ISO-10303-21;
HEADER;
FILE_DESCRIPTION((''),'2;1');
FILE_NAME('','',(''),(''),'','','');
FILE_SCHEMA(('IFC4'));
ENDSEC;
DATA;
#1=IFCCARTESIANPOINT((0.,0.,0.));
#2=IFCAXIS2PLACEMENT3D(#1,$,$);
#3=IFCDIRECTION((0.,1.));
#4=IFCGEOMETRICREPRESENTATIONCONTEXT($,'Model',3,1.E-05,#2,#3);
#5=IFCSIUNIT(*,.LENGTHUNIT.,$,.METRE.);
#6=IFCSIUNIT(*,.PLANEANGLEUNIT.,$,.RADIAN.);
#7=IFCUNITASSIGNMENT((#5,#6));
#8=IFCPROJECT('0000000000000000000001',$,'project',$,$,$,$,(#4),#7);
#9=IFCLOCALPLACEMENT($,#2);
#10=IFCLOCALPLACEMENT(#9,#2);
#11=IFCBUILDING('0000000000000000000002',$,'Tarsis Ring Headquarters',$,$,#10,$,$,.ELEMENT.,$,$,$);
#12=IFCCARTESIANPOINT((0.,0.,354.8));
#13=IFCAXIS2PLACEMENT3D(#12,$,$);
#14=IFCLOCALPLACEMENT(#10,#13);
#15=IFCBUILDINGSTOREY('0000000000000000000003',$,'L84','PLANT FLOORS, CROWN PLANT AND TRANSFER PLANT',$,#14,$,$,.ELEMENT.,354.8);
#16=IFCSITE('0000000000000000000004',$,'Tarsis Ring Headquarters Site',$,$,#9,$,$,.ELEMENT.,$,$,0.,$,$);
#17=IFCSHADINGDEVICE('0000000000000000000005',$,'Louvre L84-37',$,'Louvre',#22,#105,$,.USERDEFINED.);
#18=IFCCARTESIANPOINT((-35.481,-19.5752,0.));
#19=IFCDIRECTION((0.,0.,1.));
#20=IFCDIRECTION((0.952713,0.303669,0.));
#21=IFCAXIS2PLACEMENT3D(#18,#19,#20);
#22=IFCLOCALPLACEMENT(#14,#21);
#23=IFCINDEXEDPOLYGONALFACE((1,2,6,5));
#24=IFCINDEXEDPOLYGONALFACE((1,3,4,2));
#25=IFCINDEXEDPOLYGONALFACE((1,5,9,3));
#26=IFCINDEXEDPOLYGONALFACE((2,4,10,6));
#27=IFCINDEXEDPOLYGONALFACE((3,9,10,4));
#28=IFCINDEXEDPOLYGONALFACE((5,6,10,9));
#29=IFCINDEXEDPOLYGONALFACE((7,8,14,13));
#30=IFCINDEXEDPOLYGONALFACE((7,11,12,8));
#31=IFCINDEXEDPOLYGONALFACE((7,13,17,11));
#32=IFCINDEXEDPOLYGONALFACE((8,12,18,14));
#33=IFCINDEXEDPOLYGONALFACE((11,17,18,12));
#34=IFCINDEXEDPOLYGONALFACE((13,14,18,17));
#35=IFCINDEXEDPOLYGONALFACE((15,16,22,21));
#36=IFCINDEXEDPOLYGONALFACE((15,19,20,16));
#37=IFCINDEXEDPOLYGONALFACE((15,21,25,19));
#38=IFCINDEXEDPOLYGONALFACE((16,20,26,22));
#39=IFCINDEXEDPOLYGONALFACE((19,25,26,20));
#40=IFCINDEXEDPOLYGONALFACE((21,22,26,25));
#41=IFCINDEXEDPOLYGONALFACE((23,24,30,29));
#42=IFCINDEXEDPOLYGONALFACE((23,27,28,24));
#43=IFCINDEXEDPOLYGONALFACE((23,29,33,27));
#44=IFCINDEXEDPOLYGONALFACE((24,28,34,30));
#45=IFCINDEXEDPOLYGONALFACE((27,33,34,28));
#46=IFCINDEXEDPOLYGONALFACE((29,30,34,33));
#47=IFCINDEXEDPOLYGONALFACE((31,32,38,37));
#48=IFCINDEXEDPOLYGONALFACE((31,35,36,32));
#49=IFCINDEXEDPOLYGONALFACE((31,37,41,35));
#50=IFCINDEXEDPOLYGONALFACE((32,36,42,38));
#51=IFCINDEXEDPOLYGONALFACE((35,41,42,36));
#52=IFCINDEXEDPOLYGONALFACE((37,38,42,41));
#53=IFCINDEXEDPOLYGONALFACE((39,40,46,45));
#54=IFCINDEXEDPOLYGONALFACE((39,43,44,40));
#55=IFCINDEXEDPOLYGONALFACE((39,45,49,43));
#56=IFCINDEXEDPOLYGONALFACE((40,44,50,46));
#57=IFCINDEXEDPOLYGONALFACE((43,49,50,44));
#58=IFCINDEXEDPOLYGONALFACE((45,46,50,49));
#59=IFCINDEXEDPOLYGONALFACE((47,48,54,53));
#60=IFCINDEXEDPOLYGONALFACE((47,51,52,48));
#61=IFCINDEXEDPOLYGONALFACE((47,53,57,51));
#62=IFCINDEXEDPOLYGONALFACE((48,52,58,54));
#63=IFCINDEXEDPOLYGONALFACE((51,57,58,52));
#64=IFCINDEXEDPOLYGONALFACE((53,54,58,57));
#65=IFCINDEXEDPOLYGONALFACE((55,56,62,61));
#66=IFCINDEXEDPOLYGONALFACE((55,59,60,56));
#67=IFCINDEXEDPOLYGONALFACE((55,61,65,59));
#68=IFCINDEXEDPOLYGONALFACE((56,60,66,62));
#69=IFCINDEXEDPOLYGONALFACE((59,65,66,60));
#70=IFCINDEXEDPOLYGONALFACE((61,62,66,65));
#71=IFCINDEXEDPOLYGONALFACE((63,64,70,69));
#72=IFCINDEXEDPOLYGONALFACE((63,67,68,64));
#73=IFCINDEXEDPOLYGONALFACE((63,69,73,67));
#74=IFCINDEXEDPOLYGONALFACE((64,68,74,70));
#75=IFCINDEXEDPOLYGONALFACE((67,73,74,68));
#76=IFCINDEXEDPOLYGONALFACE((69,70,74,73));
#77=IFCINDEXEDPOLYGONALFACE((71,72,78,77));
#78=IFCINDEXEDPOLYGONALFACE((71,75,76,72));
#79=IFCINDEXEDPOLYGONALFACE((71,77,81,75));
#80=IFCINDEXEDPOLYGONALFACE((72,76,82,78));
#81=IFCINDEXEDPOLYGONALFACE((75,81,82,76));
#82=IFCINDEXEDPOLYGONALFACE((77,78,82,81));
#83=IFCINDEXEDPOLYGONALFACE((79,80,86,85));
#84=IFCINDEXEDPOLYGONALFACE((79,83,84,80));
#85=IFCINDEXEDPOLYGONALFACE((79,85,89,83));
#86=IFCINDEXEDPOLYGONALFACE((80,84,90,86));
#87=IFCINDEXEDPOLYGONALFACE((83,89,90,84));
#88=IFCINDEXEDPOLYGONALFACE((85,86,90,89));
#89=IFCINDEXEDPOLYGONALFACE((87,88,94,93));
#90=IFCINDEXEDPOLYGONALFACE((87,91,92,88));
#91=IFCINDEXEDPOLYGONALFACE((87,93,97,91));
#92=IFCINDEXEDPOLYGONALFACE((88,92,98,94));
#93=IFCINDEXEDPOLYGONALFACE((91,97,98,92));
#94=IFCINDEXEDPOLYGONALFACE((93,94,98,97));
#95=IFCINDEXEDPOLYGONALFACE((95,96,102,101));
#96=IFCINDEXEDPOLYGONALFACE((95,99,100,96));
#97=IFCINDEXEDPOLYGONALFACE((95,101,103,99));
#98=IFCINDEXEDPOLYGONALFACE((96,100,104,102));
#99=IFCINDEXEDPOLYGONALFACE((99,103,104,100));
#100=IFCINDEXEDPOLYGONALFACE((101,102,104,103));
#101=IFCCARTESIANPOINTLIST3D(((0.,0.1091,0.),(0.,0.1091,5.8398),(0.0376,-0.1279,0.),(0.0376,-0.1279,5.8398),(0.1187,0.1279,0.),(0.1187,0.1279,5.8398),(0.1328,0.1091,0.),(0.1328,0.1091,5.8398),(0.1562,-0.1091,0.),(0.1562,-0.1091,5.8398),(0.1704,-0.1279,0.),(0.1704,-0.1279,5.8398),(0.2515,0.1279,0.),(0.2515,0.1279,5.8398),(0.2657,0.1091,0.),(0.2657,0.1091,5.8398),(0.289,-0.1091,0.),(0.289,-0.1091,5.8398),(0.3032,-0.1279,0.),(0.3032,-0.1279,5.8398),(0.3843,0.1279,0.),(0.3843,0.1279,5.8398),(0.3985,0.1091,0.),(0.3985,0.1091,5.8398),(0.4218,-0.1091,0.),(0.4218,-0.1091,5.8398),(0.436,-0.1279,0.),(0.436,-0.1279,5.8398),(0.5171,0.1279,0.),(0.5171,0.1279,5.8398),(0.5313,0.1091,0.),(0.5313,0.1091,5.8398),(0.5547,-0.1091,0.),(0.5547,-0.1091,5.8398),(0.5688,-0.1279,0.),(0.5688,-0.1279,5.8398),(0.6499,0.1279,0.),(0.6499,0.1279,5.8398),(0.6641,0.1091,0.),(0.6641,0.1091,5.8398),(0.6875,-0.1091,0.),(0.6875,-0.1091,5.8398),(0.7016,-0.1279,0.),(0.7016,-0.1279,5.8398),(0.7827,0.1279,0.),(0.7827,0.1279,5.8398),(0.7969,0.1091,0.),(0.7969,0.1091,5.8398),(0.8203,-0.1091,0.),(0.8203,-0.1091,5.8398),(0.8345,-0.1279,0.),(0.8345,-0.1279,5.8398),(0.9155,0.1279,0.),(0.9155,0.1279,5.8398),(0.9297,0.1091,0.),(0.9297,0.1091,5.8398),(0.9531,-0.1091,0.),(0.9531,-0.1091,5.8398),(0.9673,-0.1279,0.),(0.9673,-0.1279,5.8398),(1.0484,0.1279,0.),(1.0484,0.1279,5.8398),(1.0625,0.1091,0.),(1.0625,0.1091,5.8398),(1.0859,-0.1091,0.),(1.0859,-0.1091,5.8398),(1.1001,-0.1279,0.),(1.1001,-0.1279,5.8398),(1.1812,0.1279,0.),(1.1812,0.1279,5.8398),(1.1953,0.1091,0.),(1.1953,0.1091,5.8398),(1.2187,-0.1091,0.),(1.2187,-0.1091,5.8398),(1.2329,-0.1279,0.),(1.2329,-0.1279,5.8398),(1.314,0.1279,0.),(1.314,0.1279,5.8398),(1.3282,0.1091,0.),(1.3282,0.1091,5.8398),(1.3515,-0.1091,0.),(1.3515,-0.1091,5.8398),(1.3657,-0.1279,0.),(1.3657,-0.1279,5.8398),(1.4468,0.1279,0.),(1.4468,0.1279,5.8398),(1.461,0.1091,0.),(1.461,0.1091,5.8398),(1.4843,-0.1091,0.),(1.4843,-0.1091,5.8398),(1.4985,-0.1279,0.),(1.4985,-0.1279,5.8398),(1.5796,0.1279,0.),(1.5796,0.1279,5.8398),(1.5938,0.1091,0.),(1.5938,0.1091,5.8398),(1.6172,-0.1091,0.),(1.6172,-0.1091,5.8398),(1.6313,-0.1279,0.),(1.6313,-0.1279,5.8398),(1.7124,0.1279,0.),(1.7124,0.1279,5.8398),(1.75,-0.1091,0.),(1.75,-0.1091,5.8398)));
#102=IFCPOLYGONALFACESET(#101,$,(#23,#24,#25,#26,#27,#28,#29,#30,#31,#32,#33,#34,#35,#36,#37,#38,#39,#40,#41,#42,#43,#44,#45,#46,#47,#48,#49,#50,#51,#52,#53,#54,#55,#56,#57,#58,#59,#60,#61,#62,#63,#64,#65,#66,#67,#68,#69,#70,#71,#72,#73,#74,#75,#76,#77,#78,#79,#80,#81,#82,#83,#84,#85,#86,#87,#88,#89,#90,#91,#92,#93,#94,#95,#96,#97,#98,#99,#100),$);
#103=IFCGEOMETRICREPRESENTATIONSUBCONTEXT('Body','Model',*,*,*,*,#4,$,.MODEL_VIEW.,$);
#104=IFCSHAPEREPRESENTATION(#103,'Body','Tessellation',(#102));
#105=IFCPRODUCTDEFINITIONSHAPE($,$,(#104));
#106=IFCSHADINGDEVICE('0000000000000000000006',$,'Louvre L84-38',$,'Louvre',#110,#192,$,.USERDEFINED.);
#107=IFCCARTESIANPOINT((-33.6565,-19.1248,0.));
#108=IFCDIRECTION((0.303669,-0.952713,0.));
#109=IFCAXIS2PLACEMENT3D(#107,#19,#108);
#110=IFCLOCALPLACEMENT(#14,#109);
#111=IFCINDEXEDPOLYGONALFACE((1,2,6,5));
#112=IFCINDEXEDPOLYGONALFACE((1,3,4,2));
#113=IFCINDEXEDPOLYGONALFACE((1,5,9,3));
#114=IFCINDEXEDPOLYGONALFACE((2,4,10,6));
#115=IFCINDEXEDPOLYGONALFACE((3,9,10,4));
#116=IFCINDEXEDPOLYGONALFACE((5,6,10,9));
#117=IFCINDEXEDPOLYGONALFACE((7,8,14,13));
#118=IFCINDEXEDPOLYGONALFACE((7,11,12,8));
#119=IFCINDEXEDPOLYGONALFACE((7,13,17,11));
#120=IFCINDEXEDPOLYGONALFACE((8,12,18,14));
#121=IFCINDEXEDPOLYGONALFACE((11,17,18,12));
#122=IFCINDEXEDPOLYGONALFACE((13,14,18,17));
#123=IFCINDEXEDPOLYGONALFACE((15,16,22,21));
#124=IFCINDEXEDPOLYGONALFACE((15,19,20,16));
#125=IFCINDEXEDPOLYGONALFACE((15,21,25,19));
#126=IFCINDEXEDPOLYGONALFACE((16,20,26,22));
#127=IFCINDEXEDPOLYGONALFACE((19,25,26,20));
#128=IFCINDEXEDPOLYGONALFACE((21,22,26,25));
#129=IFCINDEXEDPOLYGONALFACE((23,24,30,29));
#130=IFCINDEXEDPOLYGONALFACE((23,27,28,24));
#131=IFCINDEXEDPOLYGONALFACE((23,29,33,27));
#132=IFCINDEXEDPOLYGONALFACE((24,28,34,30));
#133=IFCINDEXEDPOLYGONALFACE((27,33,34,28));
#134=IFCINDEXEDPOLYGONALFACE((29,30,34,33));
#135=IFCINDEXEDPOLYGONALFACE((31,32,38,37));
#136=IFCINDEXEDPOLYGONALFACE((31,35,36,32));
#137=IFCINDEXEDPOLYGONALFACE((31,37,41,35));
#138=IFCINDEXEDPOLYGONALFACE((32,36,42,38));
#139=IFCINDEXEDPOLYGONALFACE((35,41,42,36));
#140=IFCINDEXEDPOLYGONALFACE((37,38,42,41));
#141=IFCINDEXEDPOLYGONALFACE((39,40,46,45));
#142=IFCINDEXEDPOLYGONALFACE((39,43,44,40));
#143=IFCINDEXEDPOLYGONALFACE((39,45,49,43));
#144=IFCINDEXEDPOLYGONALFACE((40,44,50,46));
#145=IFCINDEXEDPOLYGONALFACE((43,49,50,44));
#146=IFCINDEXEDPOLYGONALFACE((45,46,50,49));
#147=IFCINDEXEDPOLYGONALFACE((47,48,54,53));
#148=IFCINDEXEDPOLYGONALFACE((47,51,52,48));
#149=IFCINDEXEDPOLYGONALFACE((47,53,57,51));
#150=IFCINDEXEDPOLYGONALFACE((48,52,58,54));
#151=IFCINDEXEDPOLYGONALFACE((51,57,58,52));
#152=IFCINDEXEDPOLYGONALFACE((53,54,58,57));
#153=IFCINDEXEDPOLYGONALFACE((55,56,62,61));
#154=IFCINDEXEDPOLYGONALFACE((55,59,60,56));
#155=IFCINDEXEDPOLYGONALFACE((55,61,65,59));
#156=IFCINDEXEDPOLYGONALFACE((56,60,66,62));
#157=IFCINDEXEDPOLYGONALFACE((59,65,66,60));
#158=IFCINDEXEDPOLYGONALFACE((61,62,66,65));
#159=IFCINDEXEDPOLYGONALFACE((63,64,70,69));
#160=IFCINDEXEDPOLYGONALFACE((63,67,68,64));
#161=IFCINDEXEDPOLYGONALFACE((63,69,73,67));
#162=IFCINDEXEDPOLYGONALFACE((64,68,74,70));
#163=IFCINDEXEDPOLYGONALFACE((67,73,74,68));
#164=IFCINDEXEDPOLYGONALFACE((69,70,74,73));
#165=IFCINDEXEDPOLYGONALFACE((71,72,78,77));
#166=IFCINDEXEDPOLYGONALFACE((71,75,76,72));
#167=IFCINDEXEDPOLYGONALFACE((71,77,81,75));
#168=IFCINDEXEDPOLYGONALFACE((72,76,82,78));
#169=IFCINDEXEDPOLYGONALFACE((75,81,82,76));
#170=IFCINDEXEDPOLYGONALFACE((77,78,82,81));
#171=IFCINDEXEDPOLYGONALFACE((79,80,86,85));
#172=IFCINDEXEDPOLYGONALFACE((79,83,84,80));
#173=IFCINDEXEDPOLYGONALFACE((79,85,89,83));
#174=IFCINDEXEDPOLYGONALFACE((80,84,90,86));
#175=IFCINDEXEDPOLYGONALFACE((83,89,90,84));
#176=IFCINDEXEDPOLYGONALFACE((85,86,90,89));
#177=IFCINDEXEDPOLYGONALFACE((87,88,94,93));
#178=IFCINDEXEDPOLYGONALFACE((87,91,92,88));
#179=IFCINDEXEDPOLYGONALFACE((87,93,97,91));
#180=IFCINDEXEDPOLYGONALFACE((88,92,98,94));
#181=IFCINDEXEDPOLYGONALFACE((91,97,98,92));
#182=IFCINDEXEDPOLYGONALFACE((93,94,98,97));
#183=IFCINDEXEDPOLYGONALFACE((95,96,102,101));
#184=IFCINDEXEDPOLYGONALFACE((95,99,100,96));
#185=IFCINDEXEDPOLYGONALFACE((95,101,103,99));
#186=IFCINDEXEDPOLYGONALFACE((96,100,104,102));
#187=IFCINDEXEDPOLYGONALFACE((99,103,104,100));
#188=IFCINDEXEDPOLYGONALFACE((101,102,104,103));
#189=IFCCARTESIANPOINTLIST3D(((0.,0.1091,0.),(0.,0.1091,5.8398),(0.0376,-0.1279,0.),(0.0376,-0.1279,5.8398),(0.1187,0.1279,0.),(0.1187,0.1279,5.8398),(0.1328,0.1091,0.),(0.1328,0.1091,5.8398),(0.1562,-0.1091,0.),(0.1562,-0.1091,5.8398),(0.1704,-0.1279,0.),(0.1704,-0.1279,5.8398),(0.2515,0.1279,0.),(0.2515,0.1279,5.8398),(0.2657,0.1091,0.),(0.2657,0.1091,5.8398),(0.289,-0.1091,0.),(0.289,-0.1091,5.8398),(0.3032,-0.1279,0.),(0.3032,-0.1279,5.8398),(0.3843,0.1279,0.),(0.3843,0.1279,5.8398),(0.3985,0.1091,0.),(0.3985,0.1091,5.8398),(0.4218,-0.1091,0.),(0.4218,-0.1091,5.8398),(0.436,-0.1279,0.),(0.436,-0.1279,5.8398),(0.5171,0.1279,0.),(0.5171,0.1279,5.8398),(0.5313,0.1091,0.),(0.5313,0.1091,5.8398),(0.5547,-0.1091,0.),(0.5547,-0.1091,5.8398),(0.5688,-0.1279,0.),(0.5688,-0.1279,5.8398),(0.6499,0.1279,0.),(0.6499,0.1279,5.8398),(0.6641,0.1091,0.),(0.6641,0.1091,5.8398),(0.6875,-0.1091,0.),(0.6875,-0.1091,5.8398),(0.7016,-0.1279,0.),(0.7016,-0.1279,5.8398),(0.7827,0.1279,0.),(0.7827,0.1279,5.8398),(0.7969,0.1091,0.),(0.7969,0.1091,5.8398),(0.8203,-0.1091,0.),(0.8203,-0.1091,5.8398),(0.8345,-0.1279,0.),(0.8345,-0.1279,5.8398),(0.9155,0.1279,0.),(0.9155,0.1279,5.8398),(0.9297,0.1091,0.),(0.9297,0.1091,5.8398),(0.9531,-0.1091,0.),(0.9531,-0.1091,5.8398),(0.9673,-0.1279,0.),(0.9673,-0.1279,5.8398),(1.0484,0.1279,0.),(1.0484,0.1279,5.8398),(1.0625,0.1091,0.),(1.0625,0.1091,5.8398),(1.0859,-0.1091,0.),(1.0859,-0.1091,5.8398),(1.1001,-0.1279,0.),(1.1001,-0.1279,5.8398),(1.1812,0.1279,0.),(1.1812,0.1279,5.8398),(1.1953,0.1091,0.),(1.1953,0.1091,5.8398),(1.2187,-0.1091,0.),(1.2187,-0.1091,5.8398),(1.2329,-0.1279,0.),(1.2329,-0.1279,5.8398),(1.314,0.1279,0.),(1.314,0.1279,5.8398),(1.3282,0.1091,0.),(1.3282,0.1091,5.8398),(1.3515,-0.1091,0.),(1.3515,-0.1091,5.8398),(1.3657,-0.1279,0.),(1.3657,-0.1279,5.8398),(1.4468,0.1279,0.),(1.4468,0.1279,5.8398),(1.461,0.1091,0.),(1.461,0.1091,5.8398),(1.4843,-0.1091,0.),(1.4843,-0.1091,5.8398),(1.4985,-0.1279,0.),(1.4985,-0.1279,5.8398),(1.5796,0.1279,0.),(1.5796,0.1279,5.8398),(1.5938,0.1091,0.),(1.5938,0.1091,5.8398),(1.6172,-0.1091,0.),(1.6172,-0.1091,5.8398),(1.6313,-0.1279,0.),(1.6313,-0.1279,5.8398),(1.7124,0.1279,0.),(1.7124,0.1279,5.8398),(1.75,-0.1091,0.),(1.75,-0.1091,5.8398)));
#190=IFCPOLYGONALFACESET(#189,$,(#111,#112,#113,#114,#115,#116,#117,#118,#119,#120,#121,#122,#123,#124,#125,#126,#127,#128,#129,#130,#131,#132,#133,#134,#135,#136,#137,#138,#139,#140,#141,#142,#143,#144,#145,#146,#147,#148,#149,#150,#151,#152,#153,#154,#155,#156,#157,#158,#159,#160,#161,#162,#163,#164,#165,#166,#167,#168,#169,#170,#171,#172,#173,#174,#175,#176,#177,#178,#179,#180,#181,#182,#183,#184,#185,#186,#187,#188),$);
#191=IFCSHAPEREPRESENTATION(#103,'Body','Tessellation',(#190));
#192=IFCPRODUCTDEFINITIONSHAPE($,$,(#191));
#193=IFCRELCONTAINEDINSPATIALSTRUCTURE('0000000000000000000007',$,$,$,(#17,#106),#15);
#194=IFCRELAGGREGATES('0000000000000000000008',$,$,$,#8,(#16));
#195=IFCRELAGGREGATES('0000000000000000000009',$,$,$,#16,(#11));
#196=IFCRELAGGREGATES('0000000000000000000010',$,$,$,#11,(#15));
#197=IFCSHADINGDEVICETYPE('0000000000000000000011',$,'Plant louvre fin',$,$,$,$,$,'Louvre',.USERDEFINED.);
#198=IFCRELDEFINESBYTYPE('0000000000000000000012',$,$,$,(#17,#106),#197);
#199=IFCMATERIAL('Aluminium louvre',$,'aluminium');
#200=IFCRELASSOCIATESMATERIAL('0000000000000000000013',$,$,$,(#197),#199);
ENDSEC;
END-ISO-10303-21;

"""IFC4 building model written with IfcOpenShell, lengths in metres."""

from ifc_helpers import new_model, si_unit, direction, frame, frame_2d, origin, place, context, subcontext, project, spatial, rectangle, composite_profile, extrude, material, type_object, element, save


model = new_model("IFC4")

# Units and contexts
model_context = context("Model", 3, precision=1e-05, world=origin(), true_north=direction((0.0, 1.0)))
body_context = subcontext(model_context, "Body", "Model", "MODEL_VIEW")
ifc_project = project(units=[si_unit("LENGTHUNIT", "METRE"), si_unit("PLANEANGLEUNIT", "RADIAN")], contexts=[model_context])

# Site, building, storey
site_placement = place(None, origin())
site = spatial("IfcSite", under=ifc_project, at=site_placement, Name="Tarsis Ring Headquarters Site", CompositionType="ELEMENT", RefElevation=0.0)
building_placement = place(site_placement, origin())
building = spatial("IfcBuilding", under=site, at=building_placement, Name="Tarsis Ring Headquarters", CompositionType="ELEMENT")
storey_placement = place(building_placement, frame((0.0, 0.0, 354.8)))
storey = spatial("IfcBuildingStorey", under=building, at=storey_placement, Name="L84", Description="PLANT FLOORS, CROWN PLANT AND TRANSFER PLANT", CompositionType="ELEMENT", Elevation=354.8)

# Shading devices
ifc_material_1 = material(Name="Aluminium louvre", Category="aluminium")
shading_device_type_1 = type_object("IfcShadingDeviceType", Name="Plant louvre fin", ElementType="Louvre", PredefinedType="USERDEFINED", material=ifc_material_1)
for number, where, z_axis, x_axis, name in (
    (1, (-35.481, -19.5752, 0.0), (0.0, 0.0, 1.0), (0.952713, 0.303669, 0.0), "Louvre L84-37"),
    (2, (-33.6565, -19.1248, 0.0), (0.0, 0.0, 1.0), (0.303669, -0.952713, 0.0), "Louvre L84-38"),
):
    element("IfcShadingDevice", number, at=place(storey_placement, frame(where, z_axis=z_axis, x_axis=x_axis)), inside=storey, type_object=shading_device_type_1, Name=name, ObjectType="Louvre", PredefinedType="USERDEFINED", context=body_context, shape_type="SweptSolid", body=[
        extrude(composite_profile([rectangle(XDim=0.1201, YDim=0.24, at=frame_2d((0.0781, 0.0), x_axis=(0.987688, 0.156434))), rectangle(XDim=0.1201, YDim=0.24, at=frame_2d((0.2109, 0.0), x_axis=(0.987688, 0.156434))), rectangle(XDim=0.1201, YDim=0.24, at=frame_2d((0.3438, 0.0), x_axis=(0.987688, 0.156434))), rectangle(XDim=0.1201, YDim=0.24, at=frame_2d((0.4766, 0.0), x_axis=(0.987688, 0.156434))), rectangle(XDim=0.1201, YDim=0.24, at=frame_2d((0.6094, 0.0), x_axis=(0.987688, 0.156434))), rectangle(XDim=0.1201, YDim=0.24, at=frame_2d((0.7422, 0.0), x_axis=(0.987688, 0.156434))), rectangle(XDim=0.1201, YDim=0.24, at=frame_2d((0.875, 0.0), x_axis=(0.987688, 0.156434))), rectangle(XDim=0.1201, YDim=0.24, at=frame_2d((1.0078, 0.0), x_axis=(0.987688, 0.156434))), rectangle(XDim=0.1201, YDim=0.24, at=frame_2d((1.1406, 0.0), x_axis=(0.987688, 0.156434))), rectangle(XDim=0.1201, YDim=0.24, at=frame_2d((1.2734, 0.0), x_axis=(0.987688, 0.156434))), rectangle(XDim=0.1201, YDim=0.24, at=frame_2d((1.4062, 0.0), x_axis=(0.987688, 0.156434))), rectangle(XDim=0.1201, YDim=0.24, at=frame_2d((1.5391, 0.0), x_axis=(0.987688, 0.156434))), rectangle(XDim=0.1201, YDim=0.24, at=frame_2d((1.6719, 0.0), x_axis=(0.987688, 0.156434)))]), origin(), (0.0, 0.0, 1.0), 5.8398),
    ])

save(model, "model.ifc")
